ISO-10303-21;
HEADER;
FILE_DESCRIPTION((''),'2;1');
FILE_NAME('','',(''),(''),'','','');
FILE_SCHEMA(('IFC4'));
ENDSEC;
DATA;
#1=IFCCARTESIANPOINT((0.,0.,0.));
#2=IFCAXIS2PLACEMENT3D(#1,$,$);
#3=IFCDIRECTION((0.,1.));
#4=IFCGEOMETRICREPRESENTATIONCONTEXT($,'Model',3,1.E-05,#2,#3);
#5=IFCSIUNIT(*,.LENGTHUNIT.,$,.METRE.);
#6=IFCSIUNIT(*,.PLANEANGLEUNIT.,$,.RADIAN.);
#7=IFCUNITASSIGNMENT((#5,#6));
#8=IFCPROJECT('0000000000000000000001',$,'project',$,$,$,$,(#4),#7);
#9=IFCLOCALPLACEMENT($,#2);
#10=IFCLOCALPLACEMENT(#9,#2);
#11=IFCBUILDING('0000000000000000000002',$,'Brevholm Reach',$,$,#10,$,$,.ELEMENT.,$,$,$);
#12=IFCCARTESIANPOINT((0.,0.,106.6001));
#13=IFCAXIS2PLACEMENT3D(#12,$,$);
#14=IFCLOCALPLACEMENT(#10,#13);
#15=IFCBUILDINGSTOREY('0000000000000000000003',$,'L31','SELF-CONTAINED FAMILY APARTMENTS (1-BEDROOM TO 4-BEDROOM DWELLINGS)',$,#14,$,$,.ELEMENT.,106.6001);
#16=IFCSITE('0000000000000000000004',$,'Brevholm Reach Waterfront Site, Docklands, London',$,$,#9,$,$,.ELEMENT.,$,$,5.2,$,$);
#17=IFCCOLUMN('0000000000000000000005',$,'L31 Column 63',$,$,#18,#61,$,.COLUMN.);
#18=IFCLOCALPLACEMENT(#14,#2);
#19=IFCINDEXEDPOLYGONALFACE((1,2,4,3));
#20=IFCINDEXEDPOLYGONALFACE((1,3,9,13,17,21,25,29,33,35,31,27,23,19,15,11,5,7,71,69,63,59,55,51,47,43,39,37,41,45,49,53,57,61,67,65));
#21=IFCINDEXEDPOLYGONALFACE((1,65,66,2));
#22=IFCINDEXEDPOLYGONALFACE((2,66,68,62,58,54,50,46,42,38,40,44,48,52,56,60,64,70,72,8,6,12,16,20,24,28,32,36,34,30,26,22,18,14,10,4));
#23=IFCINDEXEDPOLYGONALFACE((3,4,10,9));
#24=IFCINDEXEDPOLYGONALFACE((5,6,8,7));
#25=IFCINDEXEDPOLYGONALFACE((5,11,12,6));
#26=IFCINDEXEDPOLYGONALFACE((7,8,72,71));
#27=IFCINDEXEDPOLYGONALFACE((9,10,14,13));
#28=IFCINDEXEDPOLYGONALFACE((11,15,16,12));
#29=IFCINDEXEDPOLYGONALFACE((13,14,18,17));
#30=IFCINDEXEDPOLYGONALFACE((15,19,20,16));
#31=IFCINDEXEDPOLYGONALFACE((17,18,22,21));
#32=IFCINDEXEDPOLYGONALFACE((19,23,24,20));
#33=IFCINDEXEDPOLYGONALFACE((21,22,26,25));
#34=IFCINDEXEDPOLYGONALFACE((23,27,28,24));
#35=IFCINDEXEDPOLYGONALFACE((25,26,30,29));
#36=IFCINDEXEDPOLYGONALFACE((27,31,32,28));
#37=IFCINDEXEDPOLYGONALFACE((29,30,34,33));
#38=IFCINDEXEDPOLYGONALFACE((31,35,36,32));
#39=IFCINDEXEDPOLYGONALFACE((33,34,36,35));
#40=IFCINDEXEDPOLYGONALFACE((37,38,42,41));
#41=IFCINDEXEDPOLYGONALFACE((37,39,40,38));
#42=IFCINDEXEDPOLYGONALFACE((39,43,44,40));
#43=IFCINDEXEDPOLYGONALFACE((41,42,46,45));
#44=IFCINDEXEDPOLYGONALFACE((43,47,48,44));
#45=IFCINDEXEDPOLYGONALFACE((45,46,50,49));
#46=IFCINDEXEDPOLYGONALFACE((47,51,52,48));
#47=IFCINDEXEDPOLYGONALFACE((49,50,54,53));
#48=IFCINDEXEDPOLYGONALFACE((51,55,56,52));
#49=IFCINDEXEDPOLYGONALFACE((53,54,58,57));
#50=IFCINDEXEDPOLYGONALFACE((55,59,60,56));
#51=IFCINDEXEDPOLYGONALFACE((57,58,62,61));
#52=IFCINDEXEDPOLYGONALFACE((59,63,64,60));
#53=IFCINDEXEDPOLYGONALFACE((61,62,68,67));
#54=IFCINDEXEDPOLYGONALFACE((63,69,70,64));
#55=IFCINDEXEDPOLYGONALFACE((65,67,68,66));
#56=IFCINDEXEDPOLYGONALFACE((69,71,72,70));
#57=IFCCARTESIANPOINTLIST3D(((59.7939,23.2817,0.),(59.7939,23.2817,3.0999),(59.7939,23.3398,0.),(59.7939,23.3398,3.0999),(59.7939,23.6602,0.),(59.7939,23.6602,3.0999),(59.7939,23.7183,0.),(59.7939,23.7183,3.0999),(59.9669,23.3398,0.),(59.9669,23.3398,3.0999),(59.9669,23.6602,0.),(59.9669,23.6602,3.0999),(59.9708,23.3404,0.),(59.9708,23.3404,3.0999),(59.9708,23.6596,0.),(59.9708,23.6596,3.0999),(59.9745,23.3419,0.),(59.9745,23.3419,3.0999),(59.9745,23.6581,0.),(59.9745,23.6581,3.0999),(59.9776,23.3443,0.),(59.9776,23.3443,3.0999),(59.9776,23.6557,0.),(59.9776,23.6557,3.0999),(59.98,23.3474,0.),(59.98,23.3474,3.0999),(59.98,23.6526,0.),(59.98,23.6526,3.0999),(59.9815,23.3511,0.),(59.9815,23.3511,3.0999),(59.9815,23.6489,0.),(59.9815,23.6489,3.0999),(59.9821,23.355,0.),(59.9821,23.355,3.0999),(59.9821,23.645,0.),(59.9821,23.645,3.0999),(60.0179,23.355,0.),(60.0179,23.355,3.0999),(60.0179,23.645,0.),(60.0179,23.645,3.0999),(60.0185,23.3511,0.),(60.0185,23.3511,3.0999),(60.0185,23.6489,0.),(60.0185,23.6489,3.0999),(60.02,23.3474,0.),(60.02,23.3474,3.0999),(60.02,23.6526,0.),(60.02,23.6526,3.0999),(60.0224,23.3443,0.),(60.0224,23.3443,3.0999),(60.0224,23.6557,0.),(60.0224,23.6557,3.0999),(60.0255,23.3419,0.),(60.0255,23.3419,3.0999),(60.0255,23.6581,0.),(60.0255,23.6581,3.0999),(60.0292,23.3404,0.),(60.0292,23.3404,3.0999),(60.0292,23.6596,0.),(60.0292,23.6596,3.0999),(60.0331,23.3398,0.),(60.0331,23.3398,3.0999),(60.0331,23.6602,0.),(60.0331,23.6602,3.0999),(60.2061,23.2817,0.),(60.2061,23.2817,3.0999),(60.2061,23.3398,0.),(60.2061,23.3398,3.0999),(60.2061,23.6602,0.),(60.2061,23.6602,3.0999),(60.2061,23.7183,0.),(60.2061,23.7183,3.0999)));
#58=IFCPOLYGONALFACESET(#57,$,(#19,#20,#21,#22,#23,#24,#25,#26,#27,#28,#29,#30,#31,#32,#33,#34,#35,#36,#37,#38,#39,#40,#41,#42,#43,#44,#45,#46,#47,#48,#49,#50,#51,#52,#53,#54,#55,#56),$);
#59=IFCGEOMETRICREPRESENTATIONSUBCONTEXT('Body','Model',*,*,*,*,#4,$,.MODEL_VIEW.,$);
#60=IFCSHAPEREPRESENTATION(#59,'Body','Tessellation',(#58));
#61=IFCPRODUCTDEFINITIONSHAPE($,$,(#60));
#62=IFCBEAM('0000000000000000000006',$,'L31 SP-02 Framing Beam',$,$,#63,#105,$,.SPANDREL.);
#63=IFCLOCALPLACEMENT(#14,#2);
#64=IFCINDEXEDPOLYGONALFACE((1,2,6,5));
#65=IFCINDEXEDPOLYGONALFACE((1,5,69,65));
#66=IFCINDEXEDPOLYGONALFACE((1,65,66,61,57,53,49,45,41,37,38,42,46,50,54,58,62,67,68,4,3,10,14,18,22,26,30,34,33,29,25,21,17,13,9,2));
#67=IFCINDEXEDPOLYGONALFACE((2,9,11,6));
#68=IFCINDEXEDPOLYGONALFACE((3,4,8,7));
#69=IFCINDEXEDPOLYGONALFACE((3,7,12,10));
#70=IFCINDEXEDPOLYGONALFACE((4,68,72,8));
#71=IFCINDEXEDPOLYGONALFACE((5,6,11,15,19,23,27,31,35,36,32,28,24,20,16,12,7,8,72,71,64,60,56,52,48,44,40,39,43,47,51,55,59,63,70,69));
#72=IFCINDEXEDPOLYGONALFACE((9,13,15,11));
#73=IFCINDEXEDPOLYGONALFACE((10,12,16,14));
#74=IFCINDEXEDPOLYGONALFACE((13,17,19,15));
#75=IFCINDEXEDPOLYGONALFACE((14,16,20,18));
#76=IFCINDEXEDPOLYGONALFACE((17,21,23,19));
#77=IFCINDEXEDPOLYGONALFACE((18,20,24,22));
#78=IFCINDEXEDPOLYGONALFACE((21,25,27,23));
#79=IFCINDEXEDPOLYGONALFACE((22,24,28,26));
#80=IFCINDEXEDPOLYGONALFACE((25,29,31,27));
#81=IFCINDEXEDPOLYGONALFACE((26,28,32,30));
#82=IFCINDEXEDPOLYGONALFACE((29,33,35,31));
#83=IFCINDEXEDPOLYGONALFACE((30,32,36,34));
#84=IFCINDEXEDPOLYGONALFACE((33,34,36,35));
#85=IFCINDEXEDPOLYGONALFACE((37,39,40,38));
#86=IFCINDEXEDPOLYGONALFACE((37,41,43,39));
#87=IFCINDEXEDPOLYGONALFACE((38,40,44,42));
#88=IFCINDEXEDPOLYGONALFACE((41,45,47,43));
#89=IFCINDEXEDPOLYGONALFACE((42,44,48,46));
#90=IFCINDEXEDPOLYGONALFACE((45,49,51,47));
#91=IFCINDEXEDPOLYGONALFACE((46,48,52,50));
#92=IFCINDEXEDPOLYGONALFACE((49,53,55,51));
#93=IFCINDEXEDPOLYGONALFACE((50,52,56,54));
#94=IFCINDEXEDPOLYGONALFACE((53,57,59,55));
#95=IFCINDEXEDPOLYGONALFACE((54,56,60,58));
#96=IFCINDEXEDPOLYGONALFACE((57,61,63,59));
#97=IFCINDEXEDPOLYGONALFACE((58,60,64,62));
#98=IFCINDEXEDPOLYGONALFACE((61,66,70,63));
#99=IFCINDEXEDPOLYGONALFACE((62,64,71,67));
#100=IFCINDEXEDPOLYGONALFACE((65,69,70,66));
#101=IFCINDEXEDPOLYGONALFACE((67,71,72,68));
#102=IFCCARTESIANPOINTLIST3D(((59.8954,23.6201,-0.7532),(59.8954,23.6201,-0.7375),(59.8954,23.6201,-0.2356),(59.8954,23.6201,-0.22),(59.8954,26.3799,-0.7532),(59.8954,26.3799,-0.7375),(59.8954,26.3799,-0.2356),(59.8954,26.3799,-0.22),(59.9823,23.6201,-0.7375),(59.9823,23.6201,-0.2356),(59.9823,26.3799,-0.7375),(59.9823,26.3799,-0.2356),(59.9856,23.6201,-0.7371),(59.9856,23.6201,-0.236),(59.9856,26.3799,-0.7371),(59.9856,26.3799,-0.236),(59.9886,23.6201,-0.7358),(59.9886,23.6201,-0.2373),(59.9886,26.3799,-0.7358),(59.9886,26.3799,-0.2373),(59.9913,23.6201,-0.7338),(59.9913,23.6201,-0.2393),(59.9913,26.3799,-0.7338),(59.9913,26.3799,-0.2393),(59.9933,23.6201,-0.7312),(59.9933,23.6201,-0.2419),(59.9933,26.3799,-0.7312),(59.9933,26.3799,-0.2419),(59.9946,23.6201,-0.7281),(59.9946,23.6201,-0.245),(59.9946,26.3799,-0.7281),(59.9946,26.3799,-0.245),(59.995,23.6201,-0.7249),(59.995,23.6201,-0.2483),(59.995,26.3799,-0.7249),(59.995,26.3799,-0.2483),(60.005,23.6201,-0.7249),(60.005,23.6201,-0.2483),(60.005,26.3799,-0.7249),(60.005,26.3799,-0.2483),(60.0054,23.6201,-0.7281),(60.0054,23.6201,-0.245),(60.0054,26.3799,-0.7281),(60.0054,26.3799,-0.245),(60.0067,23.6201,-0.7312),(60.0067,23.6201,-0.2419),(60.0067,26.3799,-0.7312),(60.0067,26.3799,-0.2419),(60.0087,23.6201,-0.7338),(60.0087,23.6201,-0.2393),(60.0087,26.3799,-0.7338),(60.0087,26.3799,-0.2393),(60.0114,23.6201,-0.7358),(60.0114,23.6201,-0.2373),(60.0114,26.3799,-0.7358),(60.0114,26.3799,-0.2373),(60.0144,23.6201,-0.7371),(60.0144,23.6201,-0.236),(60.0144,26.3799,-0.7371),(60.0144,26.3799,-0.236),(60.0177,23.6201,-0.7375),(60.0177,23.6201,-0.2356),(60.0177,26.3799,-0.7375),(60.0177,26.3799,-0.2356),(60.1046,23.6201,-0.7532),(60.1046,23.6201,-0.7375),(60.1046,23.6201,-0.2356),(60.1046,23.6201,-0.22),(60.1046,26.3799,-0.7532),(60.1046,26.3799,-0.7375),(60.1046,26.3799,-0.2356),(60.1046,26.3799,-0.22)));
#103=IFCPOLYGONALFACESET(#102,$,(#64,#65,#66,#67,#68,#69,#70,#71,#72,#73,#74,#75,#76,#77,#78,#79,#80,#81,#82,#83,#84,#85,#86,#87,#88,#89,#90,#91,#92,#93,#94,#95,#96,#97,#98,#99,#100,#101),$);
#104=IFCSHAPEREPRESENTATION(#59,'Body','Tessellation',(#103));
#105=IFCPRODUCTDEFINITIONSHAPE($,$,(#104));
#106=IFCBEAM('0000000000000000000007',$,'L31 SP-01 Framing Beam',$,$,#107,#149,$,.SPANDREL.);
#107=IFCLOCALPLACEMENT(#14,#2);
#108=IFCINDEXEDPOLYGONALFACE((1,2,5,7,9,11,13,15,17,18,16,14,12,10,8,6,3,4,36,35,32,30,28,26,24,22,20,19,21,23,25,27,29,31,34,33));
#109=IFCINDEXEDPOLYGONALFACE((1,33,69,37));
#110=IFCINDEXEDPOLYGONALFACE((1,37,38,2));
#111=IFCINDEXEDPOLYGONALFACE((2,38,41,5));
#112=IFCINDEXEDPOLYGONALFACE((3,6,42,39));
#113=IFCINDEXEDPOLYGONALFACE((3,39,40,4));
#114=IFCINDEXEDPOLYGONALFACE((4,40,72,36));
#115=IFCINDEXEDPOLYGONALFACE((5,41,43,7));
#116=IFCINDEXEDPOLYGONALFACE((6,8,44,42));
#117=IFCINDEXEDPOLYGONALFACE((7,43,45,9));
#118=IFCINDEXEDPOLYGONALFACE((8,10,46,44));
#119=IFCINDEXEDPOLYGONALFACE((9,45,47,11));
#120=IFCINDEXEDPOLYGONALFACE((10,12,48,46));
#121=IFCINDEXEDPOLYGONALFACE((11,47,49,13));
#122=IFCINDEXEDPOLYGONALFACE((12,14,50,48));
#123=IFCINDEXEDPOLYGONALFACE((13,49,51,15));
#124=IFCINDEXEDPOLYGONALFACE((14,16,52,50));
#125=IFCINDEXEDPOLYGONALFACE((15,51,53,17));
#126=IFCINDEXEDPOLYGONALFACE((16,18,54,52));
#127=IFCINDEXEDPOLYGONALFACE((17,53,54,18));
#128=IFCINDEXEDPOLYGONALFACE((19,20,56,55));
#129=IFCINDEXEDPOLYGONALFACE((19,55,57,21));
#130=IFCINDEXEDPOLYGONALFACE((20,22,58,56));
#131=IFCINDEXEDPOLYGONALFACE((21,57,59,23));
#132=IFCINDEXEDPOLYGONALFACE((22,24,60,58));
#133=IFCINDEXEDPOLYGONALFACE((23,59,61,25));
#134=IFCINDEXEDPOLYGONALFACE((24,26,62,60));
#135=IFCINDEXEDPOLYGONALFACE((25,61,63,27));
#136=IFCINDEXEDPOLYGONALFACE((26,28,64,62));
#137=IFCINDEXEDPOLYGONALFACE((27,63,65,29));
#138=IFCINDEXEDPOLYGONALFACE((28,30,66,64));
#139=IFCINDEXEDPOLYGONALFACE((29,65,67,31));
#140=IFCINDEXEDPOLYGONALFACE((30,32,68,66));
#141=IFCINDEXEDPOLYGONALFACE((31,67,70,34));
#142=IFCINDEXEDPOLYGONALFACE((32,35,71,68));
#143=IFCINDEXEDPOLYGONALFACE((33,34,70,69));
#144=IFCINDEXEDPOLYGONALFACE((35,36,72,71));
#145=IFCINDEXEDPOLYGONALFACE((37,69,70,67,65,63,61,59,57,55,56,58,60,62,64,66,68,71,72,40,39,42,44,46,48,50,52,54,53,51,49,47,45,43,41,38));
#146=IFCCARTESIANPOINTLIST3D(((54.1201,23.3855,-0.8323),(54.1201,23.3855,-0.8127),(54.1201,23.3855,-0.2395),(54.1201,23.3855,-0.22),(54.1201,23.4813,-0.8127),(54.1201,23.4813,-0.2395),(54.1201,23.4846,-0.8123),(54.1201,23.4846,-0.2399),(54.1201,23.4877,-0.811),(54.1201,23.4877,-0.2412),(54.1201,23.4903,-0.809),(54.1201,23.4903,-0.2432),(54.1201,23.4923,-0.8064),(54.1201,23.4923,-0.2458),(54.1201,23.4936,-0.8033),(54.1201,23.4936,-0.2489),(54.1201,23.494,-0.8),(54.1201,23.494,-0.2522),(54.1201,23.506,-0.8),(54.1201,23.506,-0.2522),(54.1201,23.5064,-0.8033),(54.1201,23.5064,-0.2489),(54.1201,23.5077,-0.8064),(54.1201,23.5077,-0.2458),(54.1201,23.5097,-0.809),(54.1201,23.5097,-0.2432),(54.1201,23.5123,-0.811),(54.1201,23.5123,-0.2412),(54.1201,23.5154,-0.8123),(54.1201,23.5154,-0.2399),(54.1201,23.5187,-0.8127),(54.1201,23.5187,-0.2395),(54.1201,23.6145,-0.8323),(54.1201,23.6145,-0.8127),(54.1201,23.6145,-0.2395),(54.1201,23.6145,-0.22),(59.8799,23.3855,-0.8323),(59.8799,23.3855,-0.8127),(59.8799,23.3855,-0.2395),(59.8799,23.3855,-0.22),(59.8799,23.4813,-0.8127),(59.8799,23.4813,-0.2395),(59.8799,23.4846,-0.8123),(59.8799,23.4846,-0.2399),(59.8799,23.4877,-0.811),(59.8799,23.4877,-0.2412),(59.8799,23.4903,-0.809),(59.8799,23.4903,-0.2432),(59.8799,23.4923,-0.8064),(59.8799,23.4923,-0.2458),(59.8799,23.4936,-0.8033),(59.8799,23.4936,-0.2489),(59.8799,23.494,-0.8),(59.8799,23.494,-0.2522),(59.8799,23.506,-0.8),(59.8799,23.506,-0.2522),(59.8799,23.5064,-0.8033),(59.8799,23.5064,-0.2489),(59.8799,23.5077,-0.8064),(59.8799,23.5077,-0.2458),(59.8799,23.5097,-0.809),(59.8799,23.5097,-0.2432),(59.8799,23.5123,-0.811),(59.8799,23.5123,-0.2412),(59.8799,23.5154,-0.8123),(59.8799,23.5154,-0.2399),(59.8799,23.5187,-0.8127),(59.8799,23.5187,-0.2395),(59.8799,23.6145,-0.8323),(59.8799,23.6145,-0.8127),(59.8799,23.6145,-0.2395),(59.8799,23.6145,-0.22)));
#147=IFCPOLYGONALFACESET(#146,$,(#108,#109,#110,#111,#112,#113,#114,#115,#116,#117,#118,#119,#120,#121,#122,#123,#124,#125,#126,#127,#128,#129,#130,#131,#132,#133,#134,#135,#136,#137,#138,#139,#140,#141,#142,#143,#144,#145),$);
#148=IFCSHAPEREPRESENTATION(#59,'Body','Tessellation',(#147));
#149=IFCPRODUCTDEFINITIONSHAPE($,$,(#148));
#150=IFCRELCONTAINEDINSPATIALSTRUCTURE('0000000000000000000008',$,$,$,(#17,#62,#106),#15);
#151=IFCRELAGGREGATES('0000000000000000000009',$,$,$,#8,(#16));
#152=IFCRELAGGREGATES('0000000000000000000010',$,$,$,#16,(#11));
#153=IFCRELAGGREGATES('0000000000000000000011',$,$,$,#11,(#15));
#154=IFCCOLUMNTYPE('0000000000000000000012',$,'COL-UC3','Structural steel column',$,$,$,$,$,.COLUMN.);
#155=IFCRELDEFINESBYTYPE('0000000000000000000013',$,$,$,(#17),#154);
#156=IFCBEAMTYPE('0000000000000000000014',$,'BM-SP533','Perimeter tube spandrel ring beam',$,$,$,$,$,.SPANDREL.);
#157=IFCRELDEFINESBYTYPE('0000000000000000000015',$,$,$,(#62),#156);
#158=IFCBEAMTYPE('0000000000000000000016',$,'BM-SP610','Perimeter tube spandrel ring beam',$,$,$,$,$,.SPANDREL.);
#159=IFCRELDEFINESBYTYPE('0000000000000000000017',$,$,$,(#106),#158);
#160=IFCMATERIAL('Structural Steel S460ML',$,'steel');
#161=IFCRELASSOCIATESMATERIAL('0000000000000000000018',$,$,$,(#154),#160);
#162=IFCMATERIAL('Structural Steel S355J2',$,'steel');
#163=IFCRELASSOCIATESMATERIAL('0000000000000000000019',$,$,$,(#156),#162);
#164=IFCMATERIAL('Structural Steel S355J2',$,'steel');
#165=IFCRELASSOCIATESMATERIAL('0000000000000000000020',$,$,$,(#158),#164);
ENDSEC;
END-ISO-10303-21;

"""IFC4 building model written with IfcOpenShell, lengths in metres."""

from ifc_helpers import new_model, si_unit, direction, frame, origin, origin_2d, place, context, subcontext, project, spatial, i_section, extrude, material, material_profile, profile_set, type_object, element, save


model = new_model("IFC4")

# Units and contexts
model_context = context("Model", 3, precision=1e-05, world=origin(), true_north=direction((0.0, 1.0)))
body_context = subcontext(model_context, "Body", "Model", "MODEL_VIEW")
ifc_project = project(units=[si_unit("LENGTHUNIT", "METRE"), si_unit("PLANEANGLEUNIT", "RADIAN")], contexts=[model_context])

# Site, building, storey
site_placement = place(None, origin())
site = spatial("IfcSite", under=ifc_project, at=site_placement, Name="Brevholm Reach Waterfront Site, Docklands, London", CompositionType="ELEMENT", RefElevation=5.2)
building_placement = place(site_placement, origin())
building = spatial("IfcBuilding", under=site, at=building_placement, Name="Brevholm Reach", CompositionType="ELEMENT")
storey_placement = place(building_placement, frame((0.0, 0.0, 106.6001)))
storey = spatial("IfcBuildingStorey", under=building, at=storey_placement, Name="L31", Description="SELF-CONTAINED FAMILY APARTMENTS (1-BEDROOM TO 4-BEDROOM DWELLINGS)", CompositionType="ELEMENT", Elevation=106.6001)

# Column
ifc_material_1 = material(Name="Structural Steel S460ML", Category="steel")
ifc_material_profile_1 = material_profile(ifc_material_1, i_section(OverallWidth=0.4121, OverallDepth=0.4365, WebThickness=0.0359, FlangeThickness=0.0581, FilletRadius=0.0151, at=origin_2d()), Name="UKC 356x406x467")
ifc_profile_set_1 = profile_set([ifc_material_profile_1], Name="Structural Steel S460ML")
column_type = type_object("IfcColumnType", Name="COL-UC3", Description="Structural steel column", PredefinedType="COLUMN", material=ifc_profile_set_1)
column_placement = place(storey_placement, frame((60.0, 23.5, 0.0), z_axis=(0.0, 0.0, 1.0), x_axis=(1.0, 0.0, 0.0)))
element("IfcColumn", 1, at=column_placement, inside=storey, type_object=column_type, Name="L31 Column 63", PredefinedType="COLUMN", context=body_context, shape_type="SweptSolid", body=[
    extrude(i_section(OverallWidth=0.4121, OverallDepth=0.4365, WebThickness=0.0359, FlangeThickness=0.0581, FilletRadius=0.0151, at=origin_2d()), origin(), (0.0, 0.0, 1.0), 3.0999),
])

# Beams
ifc_material_2 = material(Name="Structural Steel S355J2", Category="steel")
ifc_material_profile_2 = material_profile(ifc_material_2, i_section(OverallWidth=0.2092, OverallDepth=0.5332, WebThickness=0.01, FlangeThickness=0.0156, FilletRadius=0.0127, at=origin_2d()), Name="UKB 533x210x92")
ifc_profile_set_2 = profile_set([ifc_material_profile_2], Name="Structural Steel S355J2")
beam_type_1 = type_object("IfcBeamType", Name="BM-SP533", Description="Perimeter tube spandrel ring beam", PredefinedType="SPANDREL", material=ifc_profile_set_2)
beam_1_placement = place(storey_placement, frame((60.0, 23.6201, -0.4866), z_axis=(0.0, 1.0, 0.0), x_axis=(-1.0, 0.0, 0.0)))
element("IfcBeam", 2, at=beam_1_placement, inside=storey, type_object=beam_type_1, Name="L31 SP-02 Framing Beam", PredefinedType="SPANDREL", context=body_context, shape_type="SweptSolid", body=[
    extrude(i_section(OverallWidth=0.2092, OverallDepth=0.5332, WebThickness=0.01, FlangeThickness=0.0156, FilletRadius=0.0127, at=origin_2d()), origin(), (0.0, 0.0, 1.0), 2.7598),
])
ifc_material_3 = material(Name="Structural Steel S355J2", Category="steel")
ifc_material_profile_3 = material_profile(ifc_material_3, i_section(OverallWidth=0.229, OverallDepth=0.6123, WebThickness=0.012, FlangeThickness=0.0195, FilletRadius=0.0127, at=origin_2d()), Name="UKB 610x229x125")
ifc_profile_set_3 = profile_set([ifc_material_profile_3], Name="Structural Steel S355J2")
beam_type_2 = type_object("IfcBeamType", Name="BM-SP610", Description="Perimeter tube spandrel ring beam", PredefinedType="SPANDREL", material=ifc_profile_set_3)
beam_2_placement = place(storey_placement, frame((54.1201, 23.5, -0.5261), z_axis=(1.0, 0.0, 0.0), x_axis=(0.0, 1.0, 0.0)))
element("IfcBeam", 3, at=beam_2_placement, inside=storey, type_object=beam_type_2, Name="L31 SP-01 Framing Beam", PredefinedType="SPANDREL", context=body_context, shape_type="SweptSolid", body=[
    extrude(i_section(OverallWidth=0.229, OverallDepth=0.6123, WebThickness=0.012, FlangeThickness=0.0195, FilletRadius=0.0127, at=origin_2d()), origin(), (0.0, 0.0, 1.0), 5.7598),
])

save(model, "model.ifc")
